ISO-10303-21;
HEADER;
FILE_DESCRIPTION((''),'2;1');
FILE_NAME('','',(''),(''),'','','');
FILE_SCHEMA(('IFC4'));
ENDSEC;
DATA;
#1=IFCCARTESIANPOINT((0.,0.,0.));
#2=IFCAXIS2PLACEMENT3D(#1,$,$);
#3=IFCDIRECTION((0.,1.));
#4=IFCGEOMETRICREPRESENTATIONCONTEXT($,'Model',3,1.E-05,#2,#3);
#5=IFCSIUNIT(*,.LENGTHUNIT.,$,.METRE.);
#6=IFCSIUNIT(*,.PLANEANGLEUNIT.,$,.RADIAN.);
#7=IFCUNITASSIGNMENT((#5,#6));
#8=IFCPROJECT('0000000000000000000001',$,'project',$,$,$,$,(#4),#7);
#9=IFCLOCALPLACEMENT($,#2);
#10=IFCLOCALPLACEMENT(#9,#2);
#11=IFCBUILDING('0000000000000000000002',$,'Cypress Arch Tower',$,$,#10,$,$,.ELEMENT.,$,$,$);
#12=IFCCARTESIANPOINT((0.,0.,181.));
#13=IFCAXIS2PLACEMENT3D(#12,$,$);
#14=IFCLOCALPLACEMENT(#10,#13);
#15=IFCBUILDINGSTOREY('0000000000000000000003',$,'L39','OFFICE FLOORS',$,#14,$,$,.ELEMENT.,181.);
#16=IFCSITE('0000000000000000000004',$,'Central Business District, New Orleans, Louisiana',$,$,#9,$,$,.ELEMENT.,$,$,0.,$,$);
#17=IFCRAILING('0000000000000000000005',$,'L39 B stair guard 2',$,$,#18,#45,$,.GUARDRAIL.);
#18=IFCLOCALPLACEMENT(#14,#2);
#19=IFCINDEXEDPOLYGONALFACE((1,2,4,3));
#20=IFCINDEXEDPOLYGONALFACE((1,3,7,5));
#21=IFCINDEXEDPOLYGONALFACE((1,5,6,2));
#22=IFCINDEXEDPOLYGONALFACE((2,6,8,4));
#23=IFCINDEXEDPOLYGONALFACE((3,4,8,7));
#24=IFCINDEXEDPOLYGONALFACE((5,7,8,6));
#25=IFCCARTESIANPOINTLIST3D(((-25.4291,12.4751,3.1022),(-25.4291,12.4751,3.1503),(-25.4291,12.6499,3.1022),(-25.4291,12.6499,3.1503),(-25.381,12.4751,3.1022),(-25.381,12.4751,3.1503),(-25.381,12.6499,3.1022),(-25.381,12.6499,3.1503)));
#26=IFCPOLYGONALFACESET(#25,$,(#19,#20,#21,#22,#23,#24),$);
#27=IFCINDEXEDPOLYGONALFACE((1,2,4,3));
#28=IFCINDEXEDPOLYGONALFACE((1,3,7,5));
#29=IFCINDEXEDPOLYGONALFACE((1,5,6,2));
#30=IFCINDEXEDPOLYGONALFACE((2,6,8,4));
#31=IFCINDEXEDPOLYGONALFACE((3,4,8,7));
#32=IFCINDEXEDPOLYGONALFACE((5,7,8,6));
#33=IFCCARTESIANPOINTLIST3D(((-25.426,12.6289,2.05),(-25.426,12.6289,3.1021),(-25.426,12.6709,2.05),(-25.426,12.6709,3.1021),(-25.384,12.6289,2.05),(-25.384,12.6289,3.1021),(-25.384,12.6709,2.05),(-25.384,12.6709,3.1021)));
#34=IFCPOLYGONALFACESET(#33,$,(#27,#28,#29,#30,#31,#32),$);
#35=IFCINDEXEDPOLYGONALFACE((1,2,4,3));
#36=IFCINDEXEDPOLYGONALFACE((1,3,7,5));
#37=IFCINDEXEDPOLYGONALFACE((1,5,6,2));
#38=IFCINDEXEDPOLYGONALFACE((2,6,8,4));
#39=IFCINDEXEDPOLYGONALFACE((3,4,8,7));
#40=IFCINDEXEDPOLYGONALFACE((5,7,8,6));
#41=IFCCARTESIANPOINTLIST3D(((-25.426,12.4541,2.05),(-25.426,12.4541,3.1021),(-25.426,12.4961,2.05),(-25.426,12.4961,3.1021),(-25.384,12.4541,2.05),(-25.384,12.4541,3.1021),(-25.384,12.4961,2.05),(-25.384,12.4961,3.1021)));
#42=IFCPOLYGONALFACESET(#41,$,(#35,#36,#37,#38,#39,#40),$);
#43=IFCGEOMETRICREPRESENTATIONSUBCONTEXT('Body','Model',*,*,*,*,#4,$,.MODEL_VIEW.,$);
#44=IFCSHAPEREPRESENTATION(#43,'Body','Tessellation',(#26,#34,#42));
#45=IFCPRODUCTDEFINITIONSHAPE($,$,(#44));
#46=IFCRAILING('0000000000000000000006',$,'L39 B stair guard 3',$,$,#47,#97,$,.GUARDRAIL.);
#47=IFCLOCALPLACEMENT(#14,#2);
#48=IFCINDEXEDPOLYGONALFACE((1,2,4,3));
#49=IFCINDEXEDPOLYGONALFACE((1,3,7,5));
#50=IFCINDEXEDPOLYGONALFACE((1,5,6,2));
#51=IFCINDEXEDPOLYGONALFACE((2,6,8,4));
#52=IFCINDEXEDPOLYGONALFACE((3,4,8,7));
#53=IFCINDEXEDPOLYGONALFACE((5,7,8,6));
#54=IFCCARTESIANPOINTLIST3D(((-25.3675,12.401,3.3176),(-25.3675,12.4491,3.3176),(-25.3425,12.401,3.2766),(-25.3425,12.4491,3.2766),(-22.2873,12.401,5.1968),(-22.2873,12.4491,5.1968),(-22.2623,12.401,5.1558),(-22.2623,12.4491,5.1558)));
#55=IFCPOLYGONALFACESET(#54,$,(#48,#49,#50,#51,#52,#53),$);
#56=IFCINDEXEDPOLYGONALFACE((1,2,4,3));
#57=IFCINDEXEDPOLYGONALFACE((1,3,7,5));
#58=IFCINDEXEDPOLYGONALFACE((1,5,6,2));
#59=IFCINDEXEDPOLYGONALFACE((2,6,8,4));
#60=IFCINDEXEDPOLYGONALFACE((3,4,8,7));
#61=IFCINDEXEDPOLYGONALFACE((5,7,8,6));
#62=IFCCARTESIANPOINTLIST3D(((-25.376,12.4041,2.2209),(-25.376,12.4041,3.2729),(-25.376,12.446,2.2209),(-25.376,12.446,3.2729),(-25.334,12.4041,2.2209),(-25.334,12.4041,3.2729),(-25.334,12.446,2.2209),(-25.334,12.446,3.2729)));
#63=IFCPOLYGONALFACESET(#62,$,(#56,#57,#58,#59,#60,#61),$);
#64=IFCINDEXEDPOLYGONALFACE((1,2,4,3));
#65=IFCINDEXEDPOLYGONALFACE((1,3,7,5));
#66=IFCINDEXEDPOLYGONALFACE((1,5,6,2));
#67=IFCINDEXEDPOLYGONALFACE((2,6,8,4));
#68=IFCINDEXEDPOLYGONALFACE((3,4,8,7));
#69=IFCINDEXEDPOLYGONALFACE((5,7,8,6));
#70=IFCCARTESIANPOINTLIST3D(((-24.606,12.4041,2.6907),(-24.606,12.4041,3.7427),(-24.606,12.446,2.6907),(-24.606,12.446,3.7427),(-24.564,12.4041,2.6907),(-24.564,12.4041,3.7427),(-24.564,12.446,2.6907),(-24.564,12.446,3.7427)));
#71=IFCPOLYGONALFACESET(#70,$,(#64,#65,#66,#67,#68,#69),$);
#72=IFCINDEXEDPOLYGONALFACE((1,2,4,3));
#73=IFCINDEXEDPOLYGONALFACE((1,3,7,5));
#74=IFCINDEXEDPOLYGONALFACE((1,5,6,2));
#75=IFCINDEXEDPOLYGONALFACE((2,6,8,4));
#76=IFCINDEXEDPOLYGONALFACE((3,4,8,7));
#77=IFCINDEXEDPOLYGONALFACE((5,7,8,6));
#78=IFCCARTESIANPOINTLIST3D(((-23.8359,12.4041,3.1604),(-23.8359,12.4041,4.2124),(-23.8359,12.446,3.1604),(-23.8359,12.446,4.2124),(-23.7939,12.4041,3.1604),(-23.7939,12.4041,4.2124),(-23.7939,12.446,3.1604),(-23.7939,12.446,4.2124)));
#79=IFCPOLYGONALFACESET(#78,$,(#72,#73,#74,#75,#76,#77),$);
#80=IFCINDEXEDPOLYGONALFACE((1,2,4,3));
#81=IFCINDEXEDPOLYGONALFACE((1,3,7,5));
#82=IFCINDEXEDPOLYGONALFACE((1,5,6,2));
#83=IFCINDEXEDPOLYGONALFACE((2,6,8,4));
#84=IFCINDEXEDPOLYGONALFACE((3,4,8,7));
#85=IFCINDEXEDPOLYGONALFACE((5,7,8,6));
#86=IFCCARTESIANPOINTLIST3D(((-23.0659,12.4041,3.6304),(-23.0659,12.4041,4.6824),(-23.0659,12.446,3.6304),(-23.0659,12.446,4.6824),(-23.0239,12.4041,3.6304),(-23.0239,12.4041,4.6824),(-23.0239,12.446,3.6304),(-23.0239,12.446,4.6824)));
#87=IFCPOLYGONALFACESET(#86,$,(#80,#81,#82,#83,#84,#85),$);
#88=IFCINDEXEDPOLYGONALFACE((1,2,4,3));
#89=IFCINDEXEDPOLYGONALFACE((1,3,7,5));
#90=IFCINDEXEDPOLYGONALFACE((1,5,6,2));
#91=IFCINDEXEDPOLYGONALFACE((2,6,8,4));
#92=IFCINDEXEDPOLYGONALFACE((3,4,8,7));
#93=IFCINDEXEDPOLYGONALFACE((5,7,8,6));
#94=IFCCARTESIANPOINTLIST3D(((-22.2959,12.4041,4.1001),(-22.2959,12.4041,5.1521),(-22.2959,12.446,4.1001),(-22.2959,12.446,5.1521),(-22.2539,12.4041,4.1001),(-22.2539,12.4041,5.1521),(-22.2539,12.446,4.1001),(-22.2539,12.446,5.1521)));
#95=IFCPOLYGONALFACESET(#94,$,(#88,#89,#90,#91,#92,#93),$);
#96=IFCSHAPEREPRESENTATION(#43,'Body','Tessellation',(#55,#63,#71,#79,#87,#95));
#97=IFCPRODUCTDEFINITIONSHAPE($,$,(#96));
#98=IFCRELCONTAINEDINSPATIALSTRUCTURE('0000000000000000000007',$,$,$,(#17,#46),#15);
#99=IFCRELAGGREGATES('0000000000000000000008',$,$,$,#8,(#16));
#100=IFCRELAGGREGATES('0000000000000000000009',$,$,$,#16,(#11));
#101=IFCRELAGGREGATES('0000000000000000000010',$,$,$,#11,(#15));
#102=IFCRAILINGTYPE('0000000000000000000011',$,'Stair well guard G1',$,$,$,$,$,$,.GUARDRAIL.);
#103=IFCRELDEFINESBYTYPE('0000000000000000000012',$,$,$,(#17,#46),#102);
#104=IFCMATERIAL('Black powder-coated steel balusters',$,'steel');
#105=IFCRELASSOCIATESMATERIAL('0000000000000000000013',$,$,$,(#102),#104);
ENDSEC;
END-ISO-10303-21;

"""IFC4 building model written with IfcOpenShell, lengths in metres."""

from ifc_helpers import new_model, si_unit, direction, frame, origin, origin_2d, place, context, subcontext, project, spatial, rectangle, extrude, material, type_object, element, save


model = new_model("IFC4")

# Units and contexts
model_context = context("Model", 3, precision=1e-05, world=origin(), true_north=direction((0.0, 1.0)))
body_context = subcontext(model_context, "Body", "Model", "MODEL_VIEW")
ifc_project = project(units=[si_unit("LENGTHUNIT", "METRE"), si_unit("PLANEANGLEUNIT", "RADIAN")], contexts=[model_context])

# Site, building, storey
site_placement = place(None, origin())
site = spatial("IfcSite", under=ifc_project, at=site_placement, Name="Central Business District, New Orleans, Louisiana", CompositionType="ELEMENT", RefElevation=0.0)
building_placement = place(site_placement, origin())
building = spatial("IfcBuilding", under=site, at=building_placement, Name="Cypress Arch Tower", CompositionType="ELEMENT")
storey_placement = place(building_placement, frame((0.0, 0.0, 181.0)))
storey = spatial("IfcBuildingStorey", under=building, at=storey_placement, Name="L39", Description="OFFICE FLOORS", CompositionType="ELEMENT", Elevation=181.0)

# Railings
ifc_material_1 = material(Name="Black powder-coated steel balusters", Category="steel")
railing_type_1 = type_object("IfcRailingType", Name="Stair well guard G1", PredefinedType="GUARDRAIL", material=ifc_material_1)
railing_1_placement = place(storey_placement, frame((-25.405, 12.6499, 2.05)))
element("IfcRailing", 1, at=railing_1_placement, inside=storey, type_object=railing_type_1, Name="L39 B stair guard 2", PredefinedType="GUARDRAIL", context=body_context, shape_type="SweptSolid", body=[
    extrude(rectangle(XDim=0.0481, YDim=0.0481, at=origin_2d()), frame((0.0, 0.0, 1.0762), z_axis=(0.0, -1.0, 0.0), x_axis=(1.0, 0.0, 0.0)), (0.0, 0.0, 1.0), 0.1748),
    extrude(rectangle(XDim=0.042, YDim=0.042, at=origin_2d()), origin(), (0.0, 0.0, 1.0), 1.052),
    extrude(rectangle(XDim=0.042, YDim=0.042, at=origin_2d()), frame((0.0, -0.1748, 0.0)), (0.0, 0.0, 1.0), 1.052),
])
railing_2_placement = place(storey_placement, frame((-25.355, 12.425, 2.2209)))
element("IfcRailing", 2, at=railing_2_placement, inside=storey, type_object=railing_type_1, Name="L39 B stair guard 3", PredefinedType="GUARDRAIL", context=body_context, shape_type="SweptSolid", body=[
    extrude(rectangle(XDim=0.0481, YDim=0.0481, at=origin_2d()), frame((0.0, 0.0, 1.0762), z_axis=(0.853666, 0.0, 0.52082), x_axis=(0.0, 1.0, 0.0)), (0.0, 0.0, 1.0), 3.6082),
    extrude(rectangle(XDim=0.042, YDim=0.042, at=origin_2d()), origin(), (0.0, 0.0, 1.0), 1.052),
    extrude(rectangle(XDim=0.042, YDim=0.042, at=origin_2d()), frame((0.77, 0.0, 0.4697)), (0.0, 0.0, 1.0), 1.052),
    extrude(rectangle(XDim=0.042, YDim=0.042, at=origin_2d()), frame((1.54, 0.0, 0.9395)), (0.0, 0.0, 1.0), 1.052),
    extrude(rectangle(XDim=0.042, YDim=0.042, at=origin_2d()), frame((2.3101, 0.0, 1.4094)), (0.0, 0.0, 1.0), 1.052),
    extrude(rectangle(XDim=0.042, YDim=0.042, at=origin_2d()), frame((3.0801, 0.0, 1.8792)), (0.0, 0.0, 1.0), 1.052),
])

save(model, "model.ifc")
